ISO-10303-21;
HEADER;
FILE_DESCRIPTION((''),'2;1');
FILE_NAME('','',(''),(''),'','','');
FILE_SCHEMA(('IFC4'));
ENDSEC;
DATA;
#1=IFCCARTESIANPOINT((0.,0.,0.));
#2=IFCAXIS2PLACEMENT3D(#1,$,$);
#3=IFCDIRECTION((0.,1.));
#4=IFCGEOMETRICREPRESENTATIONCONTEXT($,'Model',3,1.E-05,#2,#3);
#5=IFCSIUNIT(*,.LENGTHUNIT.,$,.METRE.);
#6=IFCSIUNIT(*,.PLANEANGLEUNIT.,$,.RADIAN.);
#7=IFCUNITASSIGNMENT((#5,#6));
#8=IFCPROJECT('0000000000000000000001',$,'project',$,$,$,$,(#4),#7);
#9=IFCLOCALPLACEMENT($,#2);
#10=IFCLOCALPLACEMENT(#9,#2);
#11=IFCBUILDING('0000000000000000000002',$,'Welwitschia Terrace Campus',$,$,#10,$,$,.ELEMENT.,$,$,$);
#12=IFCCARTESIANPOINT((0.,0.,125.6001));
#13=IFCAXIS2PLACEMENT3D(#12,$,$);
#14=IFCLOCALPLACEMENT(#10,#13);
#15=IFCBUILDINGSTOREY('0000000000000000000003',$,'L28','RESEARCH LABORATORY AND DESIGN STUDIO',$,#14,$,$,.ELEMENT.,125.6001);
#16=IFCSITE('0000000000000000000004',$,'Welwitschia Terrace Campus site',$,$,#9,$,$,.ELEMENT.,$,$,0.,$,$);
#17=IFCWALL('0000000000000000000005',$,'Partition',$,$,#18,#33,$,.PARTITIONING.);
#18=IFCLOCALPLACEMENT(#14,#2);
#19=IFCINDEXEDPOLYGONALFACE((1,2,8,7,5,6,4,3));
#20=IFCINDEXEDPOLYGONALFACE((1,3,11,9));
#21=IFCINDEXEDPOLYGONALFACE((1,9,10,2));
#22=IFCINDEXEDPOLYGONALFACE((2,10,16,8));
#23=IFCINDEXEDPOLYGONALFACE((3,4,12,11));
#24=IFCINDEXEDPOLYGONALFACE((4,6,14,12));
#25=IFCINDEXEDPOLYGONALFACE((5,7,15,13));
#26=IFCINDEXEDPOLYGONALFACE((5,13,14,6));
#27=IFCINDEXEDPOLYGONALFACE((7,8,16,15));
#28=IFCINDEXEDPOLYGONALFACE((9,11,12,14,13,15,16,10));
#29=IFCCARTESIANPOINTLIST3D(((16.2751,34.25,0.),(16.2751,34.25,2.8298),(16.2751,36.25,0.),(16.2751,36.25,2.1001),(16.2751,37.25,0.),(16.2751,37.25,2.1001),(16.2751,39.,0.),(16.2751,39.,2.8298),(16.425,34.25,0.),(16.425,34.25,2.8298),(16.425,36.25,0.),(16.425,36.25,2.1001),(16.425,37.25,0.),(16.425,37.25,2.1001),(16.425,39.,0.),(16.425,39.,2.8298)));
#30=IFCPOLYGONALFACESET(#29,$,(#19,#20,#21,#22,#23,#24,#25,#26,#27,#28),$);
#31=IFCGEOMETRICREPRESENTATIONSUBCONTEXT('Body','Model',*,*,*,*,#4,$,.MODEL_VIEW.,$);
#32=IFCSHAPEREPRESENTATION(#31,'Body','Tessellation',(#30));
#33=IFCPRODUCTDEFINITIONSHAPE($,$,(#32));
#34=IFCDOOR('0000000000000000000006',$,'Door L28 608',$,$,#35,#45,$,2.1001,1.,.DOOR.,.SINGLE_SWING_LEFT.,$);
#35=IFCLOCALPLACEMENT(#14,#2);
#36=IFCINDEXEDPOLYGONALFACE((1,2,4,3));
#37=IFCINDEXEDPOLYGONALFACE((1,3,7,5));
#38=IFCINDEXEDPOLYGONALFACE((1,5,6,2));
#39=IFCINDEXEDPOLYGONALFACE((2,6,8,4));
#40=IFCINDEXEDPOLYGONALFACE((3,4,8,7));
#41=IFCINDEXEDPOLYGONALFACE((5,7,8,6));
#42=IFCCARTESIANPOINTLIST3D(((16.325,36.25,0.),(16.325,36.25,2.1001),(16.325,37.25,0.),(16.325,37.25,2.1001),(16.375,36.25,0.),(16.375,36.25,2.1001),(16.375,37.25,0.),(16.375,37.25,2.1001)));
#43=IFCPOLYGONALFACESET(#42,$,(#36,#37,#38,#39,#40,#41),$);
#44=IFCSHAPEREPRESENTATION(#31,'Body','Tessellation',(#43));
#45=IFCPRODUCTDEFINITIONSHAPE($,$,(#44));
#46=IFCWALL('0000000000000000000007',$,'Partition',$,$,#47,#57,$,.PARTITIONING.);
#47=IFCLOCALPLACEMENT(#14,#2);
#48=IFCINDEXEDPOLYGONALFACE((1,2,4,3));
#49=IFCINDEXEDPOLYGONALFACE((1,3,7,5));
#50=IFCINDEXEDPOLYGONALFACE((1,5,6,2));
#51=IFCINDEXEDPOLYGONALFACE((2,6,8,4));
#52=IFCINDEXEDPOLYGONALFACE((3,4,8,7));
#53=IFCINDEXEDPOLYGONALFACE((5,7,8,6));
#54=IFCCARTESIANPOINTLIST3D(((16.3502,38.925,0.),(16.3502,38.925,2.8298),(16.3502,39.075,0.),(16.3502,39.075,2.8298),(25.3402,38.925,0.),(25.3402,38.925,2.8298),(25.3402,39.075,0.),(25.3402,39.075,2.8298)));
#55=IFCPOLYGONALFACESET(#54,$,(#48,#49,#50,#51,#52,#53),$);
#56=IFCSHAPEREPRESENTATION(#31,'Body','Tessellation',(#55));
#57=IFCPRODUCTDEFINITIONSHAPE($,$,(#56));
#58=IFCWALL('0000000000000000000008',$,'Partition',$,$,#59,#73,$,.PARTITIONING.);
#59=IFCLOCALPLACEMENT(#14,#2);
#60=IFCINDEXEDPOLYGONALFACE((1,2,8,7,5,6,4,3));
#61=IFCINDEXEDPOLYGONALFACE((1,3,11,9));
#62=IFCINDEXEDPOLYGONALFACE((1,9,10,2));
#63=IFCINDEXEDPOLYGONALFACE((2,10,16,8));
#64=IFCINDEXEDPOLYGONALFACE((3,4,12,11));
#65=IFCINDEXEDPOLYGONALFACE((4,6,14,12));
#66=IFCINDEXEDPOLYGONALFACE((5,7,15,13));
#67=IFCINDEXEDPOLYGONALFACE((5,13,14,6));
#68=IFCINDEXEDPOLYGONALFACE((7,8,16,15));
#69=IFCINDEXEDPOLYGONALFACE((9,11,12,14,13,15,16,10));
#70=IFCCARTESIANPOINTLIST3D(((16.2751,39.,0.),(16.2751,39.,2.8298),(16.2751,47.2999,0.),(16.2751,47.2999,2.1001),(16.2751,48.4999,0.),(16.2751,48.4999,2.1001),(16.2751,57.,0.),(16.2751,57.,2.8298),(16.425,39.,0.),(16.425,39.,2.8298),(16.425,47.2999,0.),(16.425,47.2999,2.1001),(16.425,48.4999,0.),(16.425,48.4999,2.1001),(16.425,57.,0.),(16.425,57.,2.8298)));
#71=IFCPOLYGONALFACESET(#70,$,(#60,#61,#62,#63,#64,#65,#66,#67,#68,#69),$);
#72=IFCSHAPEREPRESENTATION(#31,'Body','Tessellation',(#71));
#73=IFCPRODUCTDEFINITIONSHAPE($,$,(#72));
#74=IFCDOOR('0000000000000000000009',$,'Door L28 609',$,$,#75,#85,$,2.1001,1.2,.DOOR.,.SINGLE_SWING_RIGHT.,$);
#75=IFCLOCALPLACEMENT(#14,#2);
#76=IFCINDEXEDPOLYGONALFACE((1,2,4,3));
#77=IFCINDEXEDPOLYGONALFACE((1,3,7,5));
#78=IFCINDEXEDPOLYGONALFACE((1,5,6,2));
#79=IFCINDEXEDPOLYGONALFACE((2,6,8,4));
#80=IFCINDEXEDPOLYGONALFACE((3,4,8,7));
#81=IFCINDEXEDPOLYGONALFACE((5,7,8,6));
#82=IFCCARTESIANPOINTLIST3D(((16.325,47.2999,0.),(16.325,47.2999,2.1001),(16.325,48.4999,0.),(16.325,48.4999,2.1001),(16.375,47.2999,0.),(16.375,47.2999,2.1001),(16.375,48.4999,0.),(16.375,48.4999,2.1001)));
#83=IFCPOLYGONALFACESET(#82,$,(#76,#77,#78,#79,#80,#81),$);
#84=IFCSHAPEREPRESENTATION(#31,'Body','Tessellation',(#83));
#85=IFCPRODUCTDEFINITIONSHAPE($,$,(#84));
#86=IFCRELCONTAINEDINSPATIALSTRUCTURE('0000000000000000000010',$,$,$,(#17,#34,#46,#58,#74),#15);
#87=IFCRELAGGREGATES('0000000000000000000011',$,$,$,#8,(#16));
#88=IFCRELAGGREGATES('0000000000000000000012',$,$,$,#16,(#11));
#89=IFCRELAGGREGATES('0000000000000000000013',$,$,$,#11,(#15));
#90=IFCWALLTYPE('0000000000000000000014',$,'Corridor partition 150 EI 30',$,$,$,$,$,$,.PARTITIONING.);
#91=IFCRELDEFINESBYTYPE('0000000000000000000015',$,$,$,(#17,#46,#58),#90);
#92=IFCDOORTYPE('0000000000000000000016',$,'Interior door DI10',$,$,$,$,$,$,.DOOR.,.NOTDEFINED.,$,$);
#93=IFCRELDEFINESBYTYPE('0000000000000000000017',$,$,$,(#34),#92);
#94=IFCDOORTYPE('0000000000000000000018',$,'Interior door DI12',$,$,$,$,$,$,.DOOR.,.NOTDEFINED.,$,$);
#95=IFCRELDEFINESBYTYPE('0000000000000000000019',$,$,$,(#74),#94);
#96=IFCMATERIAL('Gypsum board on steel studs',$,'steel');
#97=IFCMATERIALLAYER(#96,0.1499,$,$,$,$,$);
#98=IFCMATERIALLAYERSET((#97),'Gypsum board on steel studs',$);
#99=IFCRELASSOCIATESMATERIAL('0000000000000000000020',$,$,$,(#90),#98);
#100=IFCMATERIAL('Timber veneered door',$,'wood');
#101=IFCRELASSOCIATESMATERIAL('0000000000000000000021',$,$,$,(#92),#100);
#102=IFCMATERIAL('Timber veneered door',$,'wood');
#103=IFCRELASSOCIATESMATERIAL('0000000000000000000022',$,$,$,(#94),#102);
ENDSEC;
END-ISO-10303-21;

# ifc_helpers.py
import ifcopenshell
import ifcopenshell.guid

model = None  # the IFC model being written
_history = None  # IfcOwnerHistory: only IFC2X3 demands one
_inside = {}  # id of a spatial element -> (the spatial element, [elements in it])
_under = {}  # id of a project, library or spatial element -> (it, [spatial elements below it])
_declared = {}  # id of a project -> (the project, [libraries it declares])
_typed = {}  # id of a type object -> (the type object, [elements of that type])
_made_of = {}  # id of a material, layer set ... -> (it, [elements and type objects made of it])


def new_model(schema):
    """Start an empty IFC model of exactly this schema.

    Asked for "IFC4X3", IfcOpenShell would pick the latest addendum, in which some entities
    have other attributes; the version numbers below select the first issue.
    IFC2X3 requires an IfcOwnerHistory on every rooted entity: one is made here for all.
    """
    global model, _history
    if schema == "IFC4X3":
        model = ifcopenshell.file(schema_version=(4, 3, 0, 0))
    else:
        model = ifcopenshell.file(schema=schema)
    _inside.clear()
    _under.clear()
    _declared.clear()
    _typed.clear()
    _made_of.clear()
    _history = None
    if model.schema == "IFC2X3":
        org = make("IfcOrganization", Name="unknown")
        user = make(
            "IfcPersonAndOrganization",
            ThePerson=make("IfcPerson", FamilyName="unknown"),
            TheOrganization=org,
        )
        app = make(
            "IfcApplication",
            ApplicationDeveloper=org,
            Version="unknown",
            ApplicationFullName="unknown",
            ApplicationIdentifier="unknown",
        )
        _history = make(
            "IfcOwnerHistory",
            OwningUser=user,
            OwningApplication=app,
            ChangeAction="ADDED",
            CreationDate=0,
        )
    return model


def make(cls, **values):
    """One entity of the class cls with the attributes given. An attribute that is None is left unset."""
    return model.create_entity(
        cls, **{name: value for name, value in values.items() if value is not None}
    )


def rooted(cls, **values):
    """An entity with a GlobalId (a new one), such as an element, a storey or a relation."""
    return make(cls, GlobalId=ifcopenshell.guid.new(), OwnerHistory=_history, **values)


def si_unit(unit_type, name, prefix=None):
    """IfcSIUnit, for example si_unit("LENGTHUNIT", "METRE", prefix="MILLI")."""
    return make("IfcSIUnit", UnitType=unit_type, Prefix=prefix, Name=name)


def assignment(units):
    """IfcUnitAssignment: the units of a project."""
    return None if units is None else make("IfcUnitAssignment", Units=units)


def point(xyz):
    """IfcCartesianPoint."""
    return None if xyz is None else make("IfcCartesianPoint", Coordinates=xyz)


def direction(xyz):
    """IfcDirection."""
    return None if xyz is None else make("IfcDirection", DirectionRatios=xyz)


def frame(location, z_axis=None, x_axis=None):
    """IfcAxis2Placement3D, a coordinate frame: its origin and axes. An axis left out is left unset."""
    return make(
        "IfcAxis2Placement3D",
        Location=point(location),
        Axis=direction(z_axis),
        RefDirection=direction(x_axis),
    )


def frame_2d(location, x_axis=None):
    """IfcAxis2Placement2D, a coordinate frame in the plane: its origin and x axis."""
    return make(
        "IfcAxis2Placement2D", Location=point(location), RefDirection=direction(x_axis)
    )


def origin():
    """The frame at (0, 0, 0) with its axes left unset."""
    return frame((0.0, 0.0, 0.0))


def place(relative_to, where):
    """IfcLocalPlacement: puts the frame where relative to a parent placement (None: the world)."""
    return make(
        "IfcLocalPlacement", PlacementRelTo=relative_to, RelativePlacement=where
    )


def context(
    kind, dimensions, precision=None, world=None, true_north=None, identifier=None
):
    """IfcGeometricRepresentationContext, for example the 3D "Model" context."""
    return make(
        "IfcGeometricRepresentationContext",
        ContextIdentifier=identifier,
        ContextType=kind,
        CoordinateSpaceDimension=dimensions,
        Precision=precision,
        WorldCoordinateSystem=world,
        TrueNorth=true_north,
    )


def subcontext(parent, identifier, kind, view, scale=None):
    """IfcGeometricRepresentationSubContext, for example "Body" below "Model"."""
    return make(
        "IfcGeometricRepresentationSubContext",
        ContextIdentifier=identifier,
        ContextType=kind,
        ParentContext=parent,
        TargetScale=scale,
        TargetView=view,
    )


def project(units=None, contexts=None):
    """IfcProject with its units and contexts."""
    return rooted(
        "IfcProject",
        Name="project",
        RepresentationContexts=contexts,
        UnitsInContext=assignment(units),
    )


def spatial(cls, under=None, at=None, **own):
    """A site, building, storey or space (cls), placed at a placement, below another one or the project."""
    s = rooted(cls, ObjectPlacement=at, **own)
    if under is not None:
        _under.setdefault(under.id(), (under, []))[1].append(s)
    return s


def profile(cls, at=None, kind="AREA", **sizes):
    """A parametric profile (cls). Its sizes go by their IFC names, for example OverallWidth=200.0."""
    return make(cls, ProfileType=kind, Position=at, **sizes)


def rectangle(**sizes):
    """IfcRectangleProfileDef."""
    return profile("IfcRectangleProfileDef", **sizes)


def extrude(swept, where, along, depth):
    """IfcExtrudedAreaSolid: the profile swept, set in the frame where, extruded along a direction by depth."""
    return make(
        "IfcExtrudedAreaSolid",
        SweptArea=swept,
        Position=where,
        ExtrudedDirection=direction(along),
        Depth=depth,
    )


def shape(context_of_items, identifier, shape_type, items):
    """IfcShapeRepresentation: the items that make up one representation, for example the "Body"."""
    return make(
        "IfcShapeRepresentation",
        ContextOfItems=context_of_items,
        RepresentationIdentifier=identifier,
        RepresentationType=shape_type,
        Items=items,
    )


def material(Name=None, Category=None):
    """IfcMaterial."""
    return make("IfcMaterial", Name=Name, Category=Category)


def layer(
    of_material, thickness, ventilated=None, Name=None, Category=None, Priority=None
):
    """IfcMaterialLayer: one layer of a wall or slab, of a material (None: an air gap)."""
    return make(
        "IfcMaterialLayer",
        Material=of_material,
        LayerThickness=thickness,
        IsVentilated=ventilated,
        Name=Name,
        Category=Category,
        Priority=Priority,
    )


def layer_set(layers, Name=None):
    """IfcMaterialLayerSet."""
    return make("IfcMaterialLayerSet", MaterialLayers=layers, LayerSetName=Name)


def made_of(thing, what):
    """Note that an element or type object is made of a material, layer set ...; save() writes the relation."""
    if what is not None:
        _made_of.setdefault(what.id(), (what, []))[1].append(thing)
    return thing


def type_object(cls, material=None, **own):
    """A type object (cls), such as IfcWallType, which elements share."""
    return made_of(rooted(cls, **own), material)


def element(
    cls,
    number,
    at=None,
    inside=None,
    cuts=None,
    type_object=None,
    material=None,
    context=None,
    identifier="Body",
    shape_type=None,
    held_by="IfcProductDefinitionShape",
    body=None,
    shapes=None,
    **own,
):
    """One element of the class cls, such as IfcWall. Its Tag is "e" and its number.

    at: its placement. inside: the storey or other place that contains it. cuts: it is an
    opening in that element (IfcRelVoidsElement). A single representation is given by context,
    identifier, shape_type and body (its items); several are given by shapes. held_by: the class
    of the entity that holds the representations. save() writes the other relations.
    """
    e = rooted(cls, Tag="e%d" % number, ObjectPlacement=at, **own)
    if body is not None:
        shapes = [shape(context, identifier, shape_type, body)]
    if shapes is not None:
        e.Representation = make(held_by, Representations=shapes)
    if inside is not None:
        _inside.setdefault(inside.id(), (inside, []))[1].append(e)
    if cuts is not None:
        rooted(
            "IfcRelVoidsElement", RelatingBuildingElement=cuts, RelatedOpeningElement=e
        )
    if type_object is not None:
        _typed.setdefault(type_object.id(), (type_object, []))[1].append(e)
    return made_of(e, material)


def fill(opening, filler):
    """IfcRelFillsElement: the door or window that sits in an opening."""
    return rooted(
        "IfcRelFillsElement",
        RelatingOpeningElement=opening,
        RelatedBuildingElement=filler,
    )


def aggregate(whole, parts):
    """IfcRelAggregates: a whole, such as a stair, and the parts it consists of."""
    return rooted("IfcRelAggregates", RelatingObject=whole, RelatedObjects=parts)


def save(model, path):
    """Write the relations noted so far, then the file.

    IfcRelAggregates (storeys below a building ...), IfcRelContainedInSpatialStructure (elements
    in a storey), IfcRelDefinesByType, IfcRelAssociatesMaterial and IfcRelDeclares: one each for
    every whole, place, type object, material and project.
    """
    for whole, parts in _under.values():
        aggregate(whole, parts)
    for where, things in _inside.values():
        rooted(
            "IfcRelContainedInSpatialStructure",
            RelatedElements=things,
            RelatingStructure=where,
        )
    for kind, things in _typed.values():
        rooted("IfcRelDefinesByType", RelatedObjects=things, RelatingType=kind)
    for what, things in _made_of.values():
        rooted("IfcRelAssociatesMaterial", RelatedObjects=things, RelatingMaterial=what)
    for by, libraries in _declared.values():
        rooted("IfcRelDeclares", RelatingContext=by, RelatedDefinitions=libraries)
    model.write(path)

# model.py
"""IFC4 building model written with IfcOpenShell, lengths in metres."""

from ifc_helpers import new_model, si_unit, direction, frame, frame_2d, origin, place, context, subcontext, project, spatial, rectangle, extrude, material, layer, layer_set, type_object, element, fill, save


model = new_model("IFC4")

# Units and contexts
model_context = context("Model", 3, precision=1e-05, world=origin(), true_north=direction((0.0, 1.0)))
body_context = subcontext(model_context, "Body", "Model", "MODEL_VIEW")
ifc_project = project(units=[si_unit("LENGTHUNIT", "METRE"), si_unit("PLANEANGLEUNIT", "RADIAN")], contexts=[model_context])

# Site, building, storey
site_placement = place(None, origin())
site = spatial("IfcSite", under=ifc_project, at=site_placement, Name="Welwitschia Terrace Campus site", CompositionType="ELEMENT", RefElevation=0.0)
building_placement = place(site_placement, origin())
building = spatial("IfcBuilding", under=site, at=building_placement, Name="Welwitschia Terrace Campus", CompositionType="ELEMENT")
storey_placement = place(building_placement, frame((0.0, 0.0, 125.6001)))
storey = spatial("IfcBuildingStorey", under=building, at=storey_placement, Name="L28", Description="RESEARCH LABORATORY AND DESIGN STUDIO", CompositionType="ELEMENT", Elevation=125.6001)

# Wall, opening, door
ifc_material_1 = material(Name="Gypsum board on steel studs", Category="steel")
ifc_layer_1 = layer(ifc_material_1, 0.1499)
ifc_layer_set_1 = layer_set([ifc_layer_1], Name="Gypsum board on steel studs")
wall_type = type_object("IfcWallType", Name="Corridor partition 150 EI 30", PredefinedType="PARTITIONING", material=ifc_layer_set_1)
wall_1_placement = place(storey_placement, frame((16.3501, 39.0, 0.0), z_axis=(0.0, 0.0, 1.0), x_axis=(0.0, -1.0, 0.0)))
wall_1 = element("IfcWall", 1, at=wall_1_placement, inside=storey, type_object=wall_type, Name="Partition", PredefinedType="PARTITIONING", context=body_context, shape_type="SweptSolid", body=[
    extrude(rectangle(XDim=4.75, YDim=0.1499, at=frame_2d((2.375, 0.0))), origin(), (0.0, 0.0, 1.0), 2.8298),
])
opening_1_placement = place(wall_1_placement, frame((1.75, 0.0, 0.0)))
opening_1 = element("IfcOpeningElement", 2, at=opening_1_placement, cuts=wall_1, PredefinedType="OPENING", context=body_context, shape_type="SweptSolid", body=[
    extrude(rectangle(XDim=1.0, YDim=2.1001, at=frame_2d((0.5, 1.05))), frame((0.0, 0.085, 0.0), z_axis=(0.0, -1.0, 0.0), x_axis=(1.0, 0.0, 0.0)), (0.0, 0.0, 1.0), 0.1699),
])
ifc_material_2 = material(Name="Timber veneered door", Category="wood")
door_type_1 = type_object("IfcDoorType", Name="Interior door DI10", OperationType="NOTDEFINED", PredefinedType="DOOR", material=ifc_material_2)
door_1_placement = place(opening_1_placement, origin())
door_1 = element("IfcDoor", 3, at=door_1_placement, inside=storey, type_object=door_type_1, Name="Door L28 608", OperationType="SINGLE_SWING_LEFT", OverallHeight=2.1001, OverallWidth=1.0, PredefinedType="DOOR", context=body_context, shape_type="SweptSolid", body=[
    extrude(rectangle(XDim=1.0, YDim=2.1001, at=frame_2d((0.5, 1.05))), frame((0.0, 0.0249, 0.0), z_axis=(0.0, -1.0, 0.0), x_axis=(1.0, 0.0, 0.0)), (0.0, 0.0, 1.0), 0.05),
])
fill(opening_1, door_1)

# Wall
wall_2_placement = place(storey_placement, frame((16.3501, 39.0, 0.0), z_axis=(0.0, 0.0, 1.0), x_axis=(1.0, 0.0, 0.0)))
element("IfcWall", 4, at=wall_2_placement, inside=storey, type_object=wall_type, Name="Partition", PredefinedType="PARTITIONING", context=body_context, shape_type="SweptSolid", body=[
    extrude(rectangle(XDim=8.99, YDim=0.1499, at=frame_2d((4.4951, 0.0))), origin(), (0.0, 0.0, 1.0), 2.8298),
])

# Wall, opening, door
wall_3_placement = place(storey_placement, frame((16.3501, 57.0, 0.0), z_axis=(0.0, 0.0, 1.0), x_axis=(0.0, -1.0, 0.0)))
wall_3 = element("IfcWall", 5, at=wall_3_placement, inside=storey, type_object=wall_type, Name="Partition", PredefinedType="PARTITIONING", context=body_context, shape_type="SweptSolid", body=[
    extrude(rectangle(XDim=18.0, YDim=0.1499, at=frame_2d((9.0, 0.0))), origin(), (0.0, 0.0, 1.0), 2.8298),
])
opening_2_placement = place(wall_3_placement, frame((8.5, 0.0, 0.0)))
opening_2 = element("IfcOpeningElement", 6, at=opening_2_placement, cuts=wall_3, PredefinedType="OPENING", context=body_context, shape_type="SweptSolid", body=[
    extrude(rectangle(XDim=1.2, YDim=2.1001, at=frame_2d((0.6001, 1.05))), frame((0.0, 0.085, 0.0), z_axis=(0.0, -1.0, 0.0), x_axis=(1.0, 0.0, 0.0)), (0.0, 0.0, 1.0), 0.1699),
])
ifc_material_3 = material(Name="Timber veneered door", Category="wood")
door_type_2 = type_object("IfcDoorType", Name="Interior door DI12", OperationType="NOTDEFINED", PredefinedType="DOOR", material=ifc_material_3)
door_2_placement = place(opening_2_placement, origin())
door_2 = element("IfcDoor", 7, at=door_2_placement, inside=storey, type_object=door_type_2, Name="Door L28 609", OperationType="SINGLE_SWING_RIGHT", OverallHeight=2.1001, OverallWidth=1.2, PredefinedType="DOOR", context=body_context, shape_type="SweptSolid", body=[
    extrude(rectangle(XDim=1.2, YDim=2.1001, at=frame_2d((0.6001, 1.05))), frame((0.0, 0.0249, 0.0), z_axis=(0.0, -1.0, 0.0), x_axis=(1.0, 0.0, 0.0)), (0.0, 0.0, 1.0), 0.05),
])
fill(opening_2, door_2)

save(model, "model.ifc")
